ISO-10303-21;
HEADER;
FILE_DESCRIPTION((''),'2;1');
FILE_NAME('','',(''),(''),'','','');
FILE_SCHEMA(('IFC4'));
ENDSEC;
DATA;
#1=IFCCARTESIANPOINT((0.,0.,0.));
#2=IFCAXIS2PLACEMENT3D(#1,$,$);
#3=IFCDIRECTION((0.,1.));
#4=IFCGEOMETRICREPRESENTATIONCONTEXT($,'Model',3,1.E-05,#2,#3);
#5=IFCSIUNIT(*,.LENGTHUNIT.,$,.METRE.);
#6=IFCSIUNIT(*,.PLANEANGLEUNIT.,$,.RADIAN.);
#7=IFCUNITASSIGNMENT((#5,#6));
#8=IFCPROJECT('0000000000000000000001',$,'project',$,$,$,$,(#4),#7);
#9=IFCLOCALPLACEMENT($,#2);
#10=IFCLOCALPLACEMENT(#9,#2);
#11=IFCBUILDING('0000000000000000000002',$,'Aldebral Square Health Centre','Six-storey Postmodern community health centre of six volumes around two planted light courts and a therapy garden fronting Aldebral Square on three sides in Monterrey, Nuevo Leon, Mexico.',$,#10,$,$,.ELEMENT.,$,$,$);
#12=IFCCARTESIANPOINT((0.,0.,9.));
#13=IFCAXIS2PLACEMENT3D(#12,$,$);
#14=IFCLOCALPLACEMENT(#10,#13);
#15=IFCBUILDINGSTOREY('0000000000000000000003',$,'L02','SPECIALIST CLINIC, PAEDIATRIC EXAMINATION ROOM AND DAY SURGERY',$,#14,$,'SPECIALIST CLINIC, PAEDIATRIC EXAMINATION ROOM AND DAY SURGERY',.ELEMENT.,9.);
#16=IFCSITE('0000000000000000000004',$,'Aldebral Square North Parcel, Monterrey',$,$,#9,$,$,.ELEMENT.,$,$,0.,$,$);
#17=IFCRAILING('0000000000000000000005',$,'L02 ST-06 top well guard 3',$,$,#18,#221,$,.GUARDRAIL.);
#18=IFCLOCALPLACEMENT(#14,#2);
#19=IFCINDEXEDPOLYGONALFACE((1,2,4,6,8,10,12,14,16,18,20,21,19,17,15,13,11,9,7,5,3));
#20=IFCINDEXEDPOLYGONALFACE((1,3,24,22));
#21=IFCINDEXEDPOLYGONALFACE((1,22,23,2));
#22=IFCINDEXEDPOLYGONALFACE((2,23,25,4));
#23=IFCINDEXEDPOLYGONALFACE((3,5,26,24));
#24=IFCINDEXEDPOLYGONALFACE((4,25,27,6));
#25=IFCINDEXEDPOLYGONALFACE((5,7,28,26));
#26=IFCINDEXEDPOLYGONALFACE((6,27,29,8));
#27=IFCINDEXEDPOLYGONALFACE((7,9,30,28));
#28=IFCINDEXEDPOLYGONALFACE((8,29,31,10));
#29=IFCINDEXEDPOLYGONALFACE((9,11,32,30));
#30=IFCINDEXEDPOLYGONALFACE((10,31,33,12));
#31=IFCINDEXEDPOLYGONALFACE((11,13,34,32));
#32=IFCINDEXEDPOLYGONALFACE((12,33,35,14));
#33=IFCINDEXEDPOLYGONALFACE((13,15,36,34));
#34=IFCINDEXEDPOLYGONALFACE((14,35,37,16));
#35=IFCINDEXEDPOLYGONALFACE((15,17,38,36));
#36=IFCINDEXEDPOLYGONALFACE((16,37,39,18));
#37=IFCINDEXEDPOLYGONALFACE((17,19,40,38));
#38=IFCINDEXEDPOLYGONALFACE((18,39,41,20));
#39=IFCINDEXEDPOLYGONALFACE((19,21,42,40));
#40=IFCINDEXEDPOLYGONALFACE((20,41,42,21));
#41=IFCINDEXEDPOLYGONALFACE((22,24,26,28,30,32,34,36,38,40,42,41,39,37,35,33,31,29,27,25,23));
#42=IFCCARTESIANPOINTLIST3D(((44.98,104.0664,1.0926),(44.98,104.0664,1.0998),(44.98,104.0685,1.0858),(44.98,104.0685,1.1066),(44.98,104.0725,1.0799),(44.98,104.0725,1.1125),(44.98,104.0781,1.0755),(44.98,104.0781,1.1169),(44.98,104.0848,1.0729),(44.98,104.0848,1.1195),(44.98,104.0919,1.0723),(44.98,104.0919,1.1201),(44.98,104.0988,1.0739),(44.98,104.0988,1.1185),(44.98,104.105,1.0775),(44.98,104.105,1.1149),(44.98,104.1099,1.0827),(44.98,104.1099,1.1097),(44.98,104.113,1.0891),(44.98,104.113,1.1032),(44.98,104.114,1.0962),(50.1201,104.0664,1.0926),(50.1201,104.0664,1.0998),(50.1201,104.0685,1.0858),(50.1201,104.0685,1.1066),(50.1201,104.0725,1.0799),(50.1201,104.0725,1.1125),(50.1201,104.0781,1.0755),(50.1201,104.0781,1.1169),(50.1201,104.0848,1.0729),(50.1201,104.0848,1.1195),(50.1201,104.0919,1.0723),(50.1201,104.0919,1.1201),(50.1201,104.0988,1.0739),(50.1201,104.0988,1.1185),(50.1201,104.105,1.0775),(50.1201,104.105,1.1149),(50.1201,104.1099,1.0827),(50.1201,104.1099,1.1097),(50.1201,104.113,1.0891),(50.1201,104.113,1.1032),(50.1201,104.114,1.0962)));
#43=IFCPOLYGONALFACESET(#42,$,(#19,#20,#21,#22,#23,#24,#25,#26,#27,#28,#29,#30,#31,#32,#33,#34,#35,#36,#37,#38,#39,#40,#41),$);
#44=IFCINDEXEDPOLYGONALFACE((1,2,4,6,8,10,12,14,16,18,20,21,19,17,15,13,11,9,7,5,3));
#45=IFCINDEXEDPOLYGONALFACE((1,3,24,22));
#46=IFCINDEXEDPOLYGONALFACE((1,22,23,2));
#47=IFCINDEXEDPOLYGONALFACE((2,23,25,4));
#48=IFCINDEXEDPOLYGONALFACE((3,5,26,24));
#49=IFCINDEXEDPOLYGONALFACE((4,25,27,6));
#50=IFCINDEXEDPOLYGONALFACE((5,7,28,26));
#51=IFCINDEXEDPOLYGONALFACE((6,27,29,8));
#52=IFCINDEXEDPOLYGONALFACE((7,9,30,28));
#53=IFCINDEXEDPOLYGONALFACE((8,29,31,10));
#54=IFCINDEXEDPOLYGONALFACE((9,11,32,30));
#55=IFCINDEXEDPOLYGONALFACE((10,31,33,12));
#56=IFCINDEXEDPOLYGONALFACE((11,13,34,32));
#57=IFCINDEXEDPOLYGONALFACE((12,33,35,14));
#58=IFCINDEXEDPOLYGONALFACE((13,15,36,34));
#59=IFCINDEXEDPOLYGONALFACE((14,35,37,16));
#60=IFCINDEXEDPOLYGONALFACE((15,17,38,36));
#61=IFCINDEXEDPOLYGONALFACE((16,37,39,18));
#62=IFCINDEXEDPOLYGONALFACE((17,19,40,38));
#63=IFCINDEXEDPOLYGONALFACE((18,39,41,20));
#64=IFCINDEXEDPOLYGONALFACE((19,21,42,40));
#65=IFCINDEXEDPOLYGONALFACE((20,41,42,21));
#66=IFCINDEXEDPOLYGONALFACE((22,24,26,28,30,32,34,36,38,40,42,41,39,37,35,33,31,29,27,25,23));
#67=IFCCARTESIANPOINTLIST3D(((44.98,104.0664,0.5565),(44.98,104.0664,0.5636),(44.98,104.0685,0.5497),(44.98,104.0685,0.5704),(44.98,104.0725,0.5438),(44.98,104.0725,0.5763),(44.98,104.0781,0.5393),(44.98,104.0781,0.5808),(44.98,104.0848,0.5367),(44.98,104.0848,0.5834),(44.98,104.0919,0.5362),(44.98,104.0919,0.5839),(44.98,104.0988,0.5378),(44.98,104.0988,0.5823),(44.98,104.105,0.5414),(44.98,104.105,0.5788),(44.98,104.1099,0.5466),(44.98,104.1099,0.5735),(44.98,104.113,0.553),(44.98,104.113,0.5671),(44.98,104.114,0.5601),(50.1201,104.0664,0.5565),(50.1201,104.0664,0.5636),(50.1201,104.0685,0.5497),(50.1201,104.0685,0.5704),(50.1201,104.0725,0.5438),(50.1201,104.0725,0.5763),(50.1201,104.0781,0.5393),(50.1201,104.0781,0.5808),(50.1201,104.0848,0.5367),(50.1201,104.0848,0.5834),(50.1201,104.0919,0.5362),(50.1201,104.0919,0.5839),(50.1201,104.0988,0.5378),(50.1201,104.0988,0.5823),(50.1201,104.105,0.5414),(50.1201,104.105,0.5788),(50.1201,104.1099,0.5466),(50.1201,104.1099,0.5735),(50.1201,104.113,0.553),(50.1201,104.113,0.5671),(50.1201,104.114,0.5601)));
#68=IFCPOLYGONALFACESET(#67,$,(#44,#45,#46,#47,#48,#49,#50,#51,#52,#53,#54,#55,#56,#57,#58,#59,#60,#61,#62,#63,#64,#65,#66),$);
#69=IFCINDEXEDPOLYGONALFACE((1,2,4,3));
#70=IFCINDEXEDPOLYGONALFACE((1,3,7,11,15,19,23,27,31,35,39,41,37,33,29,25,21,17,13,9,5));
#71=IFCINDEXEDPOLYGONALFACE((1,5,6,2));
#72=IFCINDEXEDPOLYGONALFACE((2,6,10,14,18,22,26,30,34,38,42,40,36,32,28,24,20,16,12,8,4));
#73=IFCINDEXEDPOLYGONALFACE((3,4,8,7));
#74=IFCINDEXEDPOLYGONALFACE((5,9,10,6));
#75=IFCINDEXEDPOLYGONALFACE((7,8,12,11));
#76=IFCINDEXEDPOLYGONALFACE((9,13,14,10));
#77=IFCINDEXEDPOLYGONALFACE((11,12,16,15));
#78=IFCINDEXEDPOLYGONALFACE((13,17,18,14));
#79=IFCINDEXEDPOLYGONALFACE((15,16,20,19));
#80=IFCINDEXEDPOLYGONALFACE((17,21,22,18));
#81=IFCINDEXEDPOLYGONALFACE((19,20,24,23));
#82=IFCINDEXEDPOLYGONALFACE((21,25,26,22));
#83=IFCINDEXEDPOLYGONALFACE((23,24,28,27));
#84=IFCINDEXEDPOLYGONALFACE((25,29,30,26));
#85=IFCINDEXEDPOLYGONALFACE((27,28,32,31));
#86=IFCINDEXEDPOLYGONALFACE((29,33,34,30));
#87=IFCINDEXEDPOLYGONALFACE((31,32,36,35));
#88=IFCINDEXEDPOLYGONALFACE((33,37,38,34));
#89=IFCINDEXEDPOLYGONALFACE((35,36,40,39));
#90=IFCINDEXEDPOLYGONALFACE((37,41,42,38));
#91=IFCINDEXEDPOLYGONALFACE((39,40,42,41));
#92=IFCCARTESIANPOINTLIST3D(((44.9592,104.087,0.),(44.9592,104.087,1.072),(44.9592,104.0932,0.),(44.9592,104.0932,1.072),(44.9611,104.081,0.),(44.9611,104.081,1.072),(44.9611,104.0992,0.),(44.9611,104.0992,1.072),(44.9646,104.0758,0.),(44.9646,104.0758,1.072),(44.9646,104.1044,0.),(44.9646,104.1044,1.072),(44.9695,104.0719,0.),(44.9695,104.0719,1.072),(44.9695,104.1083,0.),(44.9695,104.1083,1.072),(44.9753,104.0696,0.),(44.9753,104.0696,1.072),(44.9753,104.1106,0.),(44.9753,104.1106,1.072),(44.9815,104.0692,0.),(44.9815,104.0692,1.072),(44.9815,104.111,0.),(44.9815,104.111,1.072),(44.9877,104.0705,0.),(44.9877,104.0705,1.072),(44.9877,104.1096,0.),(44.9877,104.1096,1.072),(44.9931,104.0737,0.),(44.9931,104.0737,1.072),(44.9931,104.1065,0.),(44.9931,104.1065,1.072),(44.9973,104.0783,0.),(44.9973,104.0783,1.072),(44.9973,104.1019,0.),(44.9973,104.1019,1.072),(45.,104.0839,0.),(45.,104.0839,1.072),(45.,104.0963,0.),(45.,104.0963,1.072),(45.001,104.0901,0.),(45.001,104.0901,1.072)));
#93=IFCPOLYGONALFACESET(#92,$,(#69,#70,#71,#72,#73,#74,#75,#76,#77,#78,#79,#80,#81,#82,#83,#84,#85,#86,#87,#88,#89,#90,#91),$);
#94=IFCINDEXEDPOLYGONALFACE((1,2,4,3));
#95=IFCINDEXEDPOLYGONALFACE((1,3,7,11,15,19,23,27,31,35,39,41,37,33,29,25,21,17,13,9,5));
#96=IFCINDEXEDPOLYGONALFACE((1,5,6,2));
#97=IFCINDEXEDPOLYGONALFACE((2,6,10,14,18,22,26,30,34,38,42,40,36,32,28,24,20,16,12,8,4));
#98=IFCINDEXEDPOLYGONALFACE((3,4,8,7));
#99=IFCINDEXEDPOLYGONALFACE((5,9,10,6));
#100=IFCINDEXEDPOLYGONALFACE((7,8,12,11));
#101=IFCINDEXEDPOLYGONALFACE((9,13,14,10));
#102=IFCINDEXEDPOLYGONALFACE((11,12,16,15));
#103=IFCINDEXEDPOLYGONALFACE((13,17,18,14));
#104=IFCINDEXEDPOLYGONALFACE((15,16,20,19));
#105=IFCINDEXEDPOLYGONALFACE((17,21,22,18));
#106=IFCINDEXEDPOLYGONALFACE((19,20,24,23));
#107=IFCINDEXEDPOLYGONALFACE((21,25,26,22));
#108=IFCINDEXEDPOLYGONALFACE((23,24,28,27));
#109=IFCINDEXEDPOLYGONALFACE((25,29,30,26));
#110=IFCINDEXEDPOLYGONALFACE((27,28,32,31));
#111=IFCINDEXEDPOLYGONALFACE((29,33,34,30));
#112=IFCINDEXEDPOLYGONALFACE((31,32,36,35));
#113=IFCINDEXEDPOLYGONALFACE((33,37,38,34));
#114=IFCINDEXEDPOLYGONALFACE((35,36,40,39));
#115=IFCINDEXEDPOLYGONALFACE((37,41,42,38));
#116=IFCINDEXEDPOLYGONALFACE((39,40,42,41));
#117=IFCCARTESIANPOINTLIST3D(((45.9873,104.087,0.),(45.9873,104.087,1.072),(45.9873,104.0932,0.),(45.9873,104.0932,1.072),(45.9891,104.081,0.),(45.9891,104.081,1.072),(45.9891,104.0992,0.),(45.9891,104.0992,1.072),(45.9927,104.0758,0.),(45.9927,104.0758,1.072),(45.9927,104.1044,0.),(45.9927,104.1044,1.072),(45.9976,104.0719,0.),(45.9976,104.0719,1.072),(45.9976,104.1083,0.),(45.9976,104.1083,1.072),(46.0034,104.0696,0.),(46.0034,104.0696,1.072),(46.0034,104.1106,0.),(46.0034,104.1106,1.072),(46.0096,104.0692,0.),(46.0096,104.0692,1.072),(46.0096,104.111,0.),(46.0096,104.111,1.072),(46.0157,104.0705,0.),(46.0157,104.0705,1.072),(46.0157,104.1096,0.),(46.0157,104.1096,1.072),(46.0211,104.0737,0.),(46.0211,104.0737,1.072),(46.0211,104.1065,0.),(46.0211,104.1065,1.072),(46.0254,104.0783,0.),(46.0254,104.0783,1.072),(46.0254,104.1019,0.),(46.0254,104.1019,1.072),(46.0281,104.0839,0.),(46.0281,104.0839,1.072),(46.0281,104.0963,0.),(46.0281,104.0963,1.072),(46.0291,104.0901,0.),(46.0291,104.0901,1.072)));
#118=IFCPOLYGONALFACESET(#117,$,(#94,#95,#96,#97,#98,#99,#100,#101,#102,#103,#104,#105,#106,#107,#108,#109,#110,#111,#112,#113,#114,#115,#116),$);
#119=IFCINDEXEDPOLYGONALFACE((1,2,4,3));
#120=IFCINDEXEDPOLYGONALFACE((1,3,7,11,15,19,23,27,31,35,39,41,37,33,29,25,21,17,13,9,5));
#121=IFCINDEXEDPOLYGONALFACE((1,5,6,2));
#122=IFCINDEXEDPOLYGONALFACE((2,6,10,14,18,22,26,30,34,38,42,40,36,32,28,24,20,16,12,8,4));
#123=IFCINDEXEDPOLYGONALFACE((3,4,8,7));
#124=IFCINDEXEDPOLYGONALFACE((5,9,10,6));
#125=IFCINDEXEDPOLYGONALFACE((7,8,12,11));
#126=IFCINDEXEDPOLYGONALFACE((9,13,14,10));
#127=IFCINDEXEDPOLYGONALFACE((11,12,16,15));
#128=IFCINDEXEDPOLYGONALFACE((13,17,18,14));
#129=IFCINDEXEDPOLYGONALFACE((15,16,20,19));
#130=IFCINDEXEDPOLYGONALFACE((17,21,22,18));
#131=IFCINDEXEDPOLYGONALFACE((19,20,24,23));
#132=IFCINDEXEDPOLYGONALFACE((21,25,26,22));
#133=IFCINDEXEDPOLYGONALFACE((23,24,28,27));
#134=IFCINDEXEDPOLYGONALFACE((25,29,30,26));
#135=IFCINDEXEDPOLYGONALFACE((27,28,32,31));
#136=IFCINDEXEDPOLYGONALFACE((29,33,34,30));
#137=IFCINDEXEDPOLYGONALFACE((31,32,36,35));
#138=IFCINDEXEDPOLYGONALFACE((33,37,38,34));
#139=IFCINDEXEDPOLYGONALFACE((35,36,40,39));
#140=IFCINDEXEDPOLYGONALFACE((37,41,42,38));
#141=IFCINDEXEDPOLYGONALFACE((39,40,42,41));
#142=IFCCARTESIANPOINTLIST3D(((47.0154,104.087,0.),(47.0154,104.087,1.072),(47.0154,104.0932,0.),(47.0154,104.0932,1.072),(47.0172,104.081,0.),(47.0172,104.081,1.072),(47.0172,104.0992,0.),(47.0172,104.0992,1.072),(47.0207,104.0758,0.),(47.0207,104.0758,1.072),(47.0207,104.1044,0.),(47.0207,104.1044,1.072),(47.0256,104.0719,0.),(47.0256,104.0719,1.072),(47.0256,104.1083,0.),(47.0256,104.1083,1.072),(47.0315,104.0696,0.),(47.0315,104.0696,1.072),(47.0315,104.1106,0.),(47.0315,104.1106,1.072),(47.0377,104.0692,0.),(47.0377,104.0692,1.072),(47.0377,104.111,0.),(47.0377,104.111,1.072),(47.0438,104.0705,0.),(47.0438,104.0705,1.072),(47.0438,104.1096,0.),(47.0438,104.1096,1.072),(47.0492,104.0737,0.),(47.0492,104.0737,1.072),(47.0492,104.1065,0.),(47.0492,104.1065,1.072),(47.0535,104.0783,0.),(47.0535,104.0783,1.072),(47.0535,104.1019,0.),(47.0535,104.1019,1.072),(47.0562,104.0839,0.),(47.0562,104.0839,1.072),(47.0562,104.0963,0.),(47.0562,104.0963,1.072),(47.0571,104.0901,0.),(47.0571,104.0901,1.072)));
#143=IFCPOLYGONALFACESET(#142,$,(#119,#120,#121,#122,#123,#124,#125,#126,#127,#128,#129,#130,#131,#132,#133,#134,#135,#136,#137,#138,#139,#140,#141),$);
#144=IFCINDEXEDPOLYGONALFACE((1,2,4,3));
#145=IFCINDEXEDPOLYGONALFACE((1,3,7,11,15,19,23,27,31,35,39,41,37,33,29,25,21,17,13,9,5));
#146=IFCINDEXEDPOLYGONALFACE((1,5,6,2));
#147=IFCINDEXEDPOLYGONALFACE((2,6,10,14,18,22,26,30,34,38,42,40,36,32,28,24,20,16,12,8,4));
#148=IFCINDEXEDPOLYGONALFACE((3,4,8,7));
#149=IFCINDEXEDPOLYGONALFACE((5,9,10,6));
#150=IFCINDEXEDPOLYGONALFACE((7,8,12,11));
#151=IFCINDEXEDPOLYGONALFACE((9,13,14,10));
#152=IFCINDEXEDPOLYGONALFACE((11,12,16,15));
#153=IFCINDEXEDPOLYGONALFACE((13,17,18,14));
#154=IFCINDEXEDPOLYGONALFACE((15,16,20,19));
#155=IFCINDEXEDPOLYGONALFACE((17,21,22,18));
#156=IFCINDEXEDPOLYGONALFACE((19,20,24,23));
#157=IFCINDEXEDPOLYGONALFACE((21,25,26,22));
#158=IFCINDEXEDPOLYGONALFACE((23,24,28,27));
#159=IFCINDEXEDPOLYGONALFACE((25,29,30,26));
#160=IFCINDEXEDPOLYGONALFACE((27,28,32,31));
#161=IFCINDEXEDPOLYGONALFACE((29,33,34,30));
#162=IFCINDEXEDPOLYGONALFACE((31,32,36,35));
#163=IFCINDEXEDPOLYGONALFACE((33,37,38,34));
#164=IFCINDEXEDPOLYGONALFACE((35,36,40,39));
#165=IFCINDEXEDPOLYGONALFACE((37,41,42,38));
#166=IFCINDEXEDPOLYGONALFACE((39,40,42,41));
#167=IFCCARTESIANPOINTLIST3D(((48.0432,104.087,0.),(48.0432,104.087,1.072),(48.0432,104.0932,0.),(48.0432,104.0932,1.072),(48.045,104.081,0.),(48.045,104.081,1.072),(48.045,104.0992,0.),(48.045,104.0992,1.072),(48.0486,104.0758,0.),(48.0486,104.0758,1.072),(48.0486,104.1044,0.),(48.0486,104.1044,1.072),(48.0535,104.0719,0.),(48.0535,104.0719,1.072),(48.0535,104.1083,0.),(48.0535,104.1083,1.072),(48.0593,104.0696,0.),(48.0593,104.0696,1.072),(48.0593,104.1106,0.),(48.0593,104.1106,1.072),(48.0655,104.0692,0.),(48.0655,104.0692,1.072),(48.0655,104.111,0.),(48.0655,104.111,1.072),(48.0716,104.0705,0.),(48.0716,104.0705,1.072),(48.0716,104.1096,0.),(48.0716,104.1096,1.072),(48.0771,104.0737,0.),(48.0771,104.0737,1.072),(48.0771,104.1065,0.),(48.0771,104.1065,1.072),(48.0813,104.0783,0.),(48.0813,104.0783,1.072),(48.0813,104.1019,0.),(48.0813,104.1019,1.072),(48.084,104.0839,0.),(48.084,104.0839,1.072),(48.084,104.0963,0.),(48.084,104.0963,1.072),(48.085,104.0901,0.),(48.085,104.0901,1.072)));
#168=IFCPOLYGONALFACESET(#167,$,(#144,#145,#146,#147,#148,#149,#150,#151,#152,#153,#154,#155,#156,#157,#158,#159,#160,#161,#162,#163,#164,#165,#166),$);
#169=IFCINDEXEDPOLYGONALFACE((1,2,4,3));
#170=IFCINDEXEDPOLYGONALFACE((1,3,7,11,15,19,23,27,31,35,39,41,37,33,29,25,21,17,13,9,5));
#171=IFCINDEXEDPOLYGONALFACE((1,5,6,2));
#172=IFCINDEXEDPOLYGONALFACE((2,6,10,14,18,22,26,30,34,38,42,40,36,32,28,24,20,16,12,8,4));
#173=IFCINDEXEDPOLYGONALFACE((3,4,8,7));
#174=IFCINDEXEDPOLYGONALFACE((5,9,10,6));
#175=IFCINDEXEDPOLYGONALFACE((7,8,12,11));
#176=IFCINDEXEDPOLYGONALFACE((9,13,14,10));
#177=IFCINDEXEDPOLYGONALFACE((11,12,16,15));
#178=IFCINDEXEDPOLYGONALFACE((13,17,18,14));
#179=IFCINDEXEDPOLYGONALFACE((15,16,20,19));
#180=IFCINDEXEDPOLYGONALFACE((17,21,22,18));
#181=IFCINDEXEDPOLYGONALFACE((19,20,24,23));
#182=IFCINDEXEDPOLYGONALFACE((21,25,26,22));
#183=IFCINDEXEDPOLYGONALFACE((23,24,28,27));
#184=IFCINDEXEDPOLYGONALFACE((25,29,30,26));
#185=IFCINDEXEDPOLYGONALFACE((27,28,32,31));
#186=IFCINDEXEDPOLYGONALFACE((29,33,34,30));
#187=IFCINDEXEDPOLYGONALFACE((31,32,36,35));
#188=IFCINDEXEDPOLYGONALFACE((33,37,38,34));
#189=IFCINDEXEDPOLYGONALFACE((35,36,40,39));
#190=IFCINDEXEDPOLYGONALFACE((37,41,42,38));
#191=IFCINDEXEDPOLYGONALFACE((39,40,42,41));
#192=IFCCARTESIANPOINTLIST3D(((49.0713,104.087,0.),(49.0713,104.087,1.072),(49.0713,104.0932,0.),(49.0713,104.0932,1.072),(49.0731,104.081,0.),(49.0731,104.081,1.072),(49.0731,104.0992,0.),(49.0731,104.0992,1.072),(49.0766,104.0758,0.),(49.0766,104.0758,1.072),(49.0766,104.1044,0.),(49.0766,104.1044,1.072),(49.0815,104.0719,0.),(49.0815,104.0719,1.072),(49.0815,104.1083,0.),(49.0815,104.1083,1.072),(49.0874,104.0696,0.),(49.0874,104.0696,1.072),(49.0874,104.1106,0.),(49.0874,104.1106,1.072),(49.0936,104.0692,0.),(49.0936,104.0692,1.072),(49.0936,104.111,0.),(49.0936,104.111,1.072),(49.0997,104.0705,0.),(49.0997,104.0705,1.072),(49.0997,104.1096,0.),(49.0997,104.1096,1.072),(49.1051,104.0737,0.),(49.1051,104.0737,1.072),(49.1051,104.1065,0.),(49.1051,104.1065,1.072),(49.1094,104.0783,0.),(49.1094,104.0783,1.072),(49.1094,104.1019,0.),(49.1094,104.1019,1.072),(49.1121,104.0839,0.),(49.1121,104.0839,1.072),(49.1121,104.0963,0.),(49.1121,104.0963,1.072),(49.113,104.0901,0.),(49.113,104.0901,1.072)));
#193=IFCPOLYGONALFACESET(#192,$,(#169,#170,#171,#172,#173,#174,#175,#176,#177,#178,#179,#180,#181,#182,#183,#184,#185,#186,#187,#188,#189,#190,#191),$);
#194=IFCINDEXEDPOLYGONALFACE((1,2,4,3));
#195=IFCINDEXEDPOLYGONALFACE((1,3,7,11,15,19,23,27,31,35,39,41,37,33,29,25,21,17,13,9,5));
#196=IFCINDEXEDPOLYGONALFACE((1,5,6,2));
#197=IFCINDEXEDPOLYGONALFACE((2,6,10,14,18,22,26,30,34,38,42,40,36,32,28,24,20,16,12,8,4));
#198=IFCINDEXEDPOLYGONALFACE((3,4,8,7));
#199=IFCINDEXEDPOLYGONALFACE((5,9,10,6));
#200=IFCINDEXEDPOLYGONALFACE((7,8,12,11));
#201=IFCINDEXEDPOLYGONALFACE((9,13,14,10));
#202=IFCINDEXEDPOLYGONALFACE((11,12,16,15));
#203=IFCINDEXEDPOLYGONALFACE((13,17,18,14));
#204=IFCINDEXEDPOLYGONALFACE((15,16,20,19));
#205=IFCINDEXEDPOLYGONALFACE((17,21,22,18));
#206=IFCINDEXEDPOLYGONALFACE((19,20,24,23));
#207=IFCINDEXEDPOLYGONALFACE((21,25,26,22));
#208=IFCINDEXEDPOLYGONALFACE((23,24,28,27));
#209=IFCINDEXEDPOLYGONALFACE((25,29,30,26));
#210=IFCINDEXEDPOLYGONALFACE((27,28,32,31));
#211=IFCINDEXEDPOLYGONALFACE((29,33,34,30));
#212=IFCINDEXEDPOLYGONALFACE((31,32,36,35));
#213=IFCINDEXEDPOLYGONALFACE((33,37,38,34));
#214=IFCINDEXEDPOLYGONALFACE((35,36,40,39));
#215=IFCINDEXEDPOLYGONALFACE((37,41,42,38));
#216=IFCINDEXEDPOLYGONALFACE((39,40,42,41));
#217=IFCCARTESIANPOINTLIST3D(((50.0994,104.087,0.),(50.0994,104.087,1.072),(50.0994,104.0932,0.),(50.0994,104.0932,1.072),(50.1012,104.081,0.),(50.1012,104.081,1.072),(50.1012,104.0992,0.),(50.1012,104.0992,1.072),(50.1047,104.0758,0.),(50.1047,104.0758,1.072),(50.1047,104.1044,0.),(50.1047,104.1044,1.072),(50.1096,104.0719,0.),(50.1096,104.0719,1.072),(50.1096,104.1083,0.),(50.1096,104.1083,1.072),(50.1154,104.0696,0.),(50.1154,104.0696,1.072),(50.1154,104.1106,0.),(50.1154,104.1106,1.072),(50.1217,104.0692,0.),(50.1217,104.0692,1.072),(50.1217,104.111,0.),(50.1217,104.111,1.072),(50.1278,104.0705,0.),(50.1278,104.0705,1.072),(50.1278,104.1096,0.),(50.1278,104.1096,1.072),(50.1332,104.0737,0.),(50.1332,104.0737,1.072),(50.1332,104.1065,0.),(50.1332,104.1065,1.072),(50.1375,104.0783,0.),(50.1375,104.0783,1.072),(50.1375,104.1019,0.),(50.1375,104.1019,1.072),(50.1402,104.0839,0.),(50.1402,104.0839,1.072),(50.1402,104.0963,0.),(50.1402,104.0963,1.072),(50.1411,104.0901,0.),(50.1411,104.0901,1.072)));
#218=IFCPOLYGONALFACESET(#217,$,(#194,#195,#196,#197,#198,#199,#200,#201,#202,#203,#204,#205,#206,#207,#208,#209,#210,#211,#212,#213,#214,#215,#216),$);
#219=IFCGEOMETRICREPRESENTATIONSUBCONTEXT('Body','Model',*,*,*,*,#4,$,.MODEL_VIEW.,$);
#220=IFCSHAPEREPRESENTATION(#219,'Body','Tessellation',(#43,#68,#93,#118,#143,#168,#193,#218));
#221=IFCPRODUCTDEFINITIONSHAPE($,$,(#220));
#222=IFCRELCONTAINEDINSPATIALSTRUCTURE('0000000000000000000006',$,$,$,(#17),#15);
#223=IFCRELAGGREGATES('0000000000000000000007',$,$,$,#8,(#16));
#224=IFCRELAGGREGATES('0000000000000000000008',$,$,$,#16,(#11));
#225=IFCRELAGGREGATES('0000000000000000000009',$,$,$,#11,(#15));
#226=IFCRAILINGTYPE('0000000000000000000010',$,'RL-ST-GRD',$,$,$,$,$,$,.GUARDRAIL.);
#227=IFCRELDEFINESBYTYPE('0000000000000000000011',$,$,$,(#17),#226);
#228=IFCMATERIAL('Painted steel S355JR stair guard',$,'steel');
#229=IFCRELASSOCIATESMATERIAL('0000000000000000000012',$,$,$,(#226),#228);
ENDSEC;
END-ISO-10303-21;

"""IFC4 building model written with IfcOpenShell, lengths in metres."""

from ifc_helpers import new_model, si_unit, direction, frame, origin, origin_2d, place, context, subcontext, project, spatial, circle, extrude, material, type_object, element, save


model = new_model("IFC4")

# Units and contexts
model_context = context("Model", 3, precision=1e-05, world=origin(), true_north=direction((0.0, 1.0)))
body_context = subcontext(model_context, "Body", "Model", "MODEL_VIEW")
ifc_project = project(units=[si_unit("LENGTHUNIT", "METRE"), si_unit("PLANEANGLEUNIT", "RADIAN")], contexts=[model_context])

# Site, building, storey
site_placement = place(None, origin())
site = spatial("IfcSite", under=ifc_project, at=site_placement, Name="Aldebral Square North Parcel, Monterrey", CompositionType="ELEMENT", RefElevation=0.0)
building_placement = place(site_placement, origin())
building = spatial("IfcBuilding", under=site, at=building_placement, Name="Aldebral Square Health Centre", Description="Six-storey Postmodern community health centre of six volumes around two planted light courts and a therapy garden fronting Aldebral Square on three sides in Monterrey, Nuevo Leon, Mexico.", CompositionType="ELEMENT")
storey_placement = place(building_placement, frame((0.0, 0.0, 9.0)))
storey = spatial("IfcBuildingStorey", under=building, at=storey_placement, Name="L02", Description="SPECIALIST CLINIC, PAEDIATRIC EXAMINATION ROOM AND DAY SURGERY", LongName="SPECIALIST CLINIC, PAEDIATRIC EXAMINATION ROOM AND DAY SURGERY", CompositionType="ELEMENT", Elevation=9.0)

# Railing
ifc_material_1 = material(Name="Painted steel S355JR stair guard", Category="steel")
railing_type = type_object("IfcRailingType", Name="RL-ST-GRD", PredefinedType="GUARDRAIL", material=ifc_material_1)
railing_1_placement = place(storey_placement, frame((44.98, 104.0901, 0.0)))
element("IfcRailing", 1, at=railing_1_placement, inside=storey, type_object=railing_type, Name="L02 ST-06 top well guard 3", PredefinedType="GUARDRAIL", context=body_context, shape_type="SweptSolid", body=[
    extrude(circle(Radius=0.0239, at=origin_2d()), frame((0.0, 0.0, 1.0962), z_axis=(1.0, 0.0, 0.0), x_axis=(0.0, 1.0, 0.0)), (0.0, 0.0, 1.0), 5.1401),
    extrude(circle(Radius=0.0239, at=origin_2d()), frame((0.0, 0.0, 0.5601), z_axis=(1.0, 0.0, 0.0), x_axis=(0.0, 1.0, 0.0)), (0.0, 0.0, 1.0), 5.1401),
    extrude(circle(Radius=0.021, at=origin_2d()), origin(), (0.0, 0.0, 1.0), 1.072),
    extrude(circle(Radius=0.021, at=origin_2d()), frame((1.0281, 0.0, 0.0)), (0.0, 0.0, 1.0), 1.072),
    extrude(circle(Radius=0.021, at=origin_2d()), frame((2.0562, 0.0, 0.0)), (0.0, 0.0, 1.0), 1.072),
    extrude(circle(Radius=0.021, at=origin_2d()), frame((3.084, 0.0, 0.0)), (0.0, 0.0, 1.0), 1.072),
    extrude(circle(Radius=0.021, at=origin_2d()), frame((4.1121, 0.0, 0.0)), (0.0, 0.0, 1.0), 1.072),
    extrude(circle(Radius=0.021, at=origin_2d()), frame((5.1401, 0.0, 0.0)), (0.0, 0.0, 1.0), 1.072),
])

save(model, "model.ifc")
